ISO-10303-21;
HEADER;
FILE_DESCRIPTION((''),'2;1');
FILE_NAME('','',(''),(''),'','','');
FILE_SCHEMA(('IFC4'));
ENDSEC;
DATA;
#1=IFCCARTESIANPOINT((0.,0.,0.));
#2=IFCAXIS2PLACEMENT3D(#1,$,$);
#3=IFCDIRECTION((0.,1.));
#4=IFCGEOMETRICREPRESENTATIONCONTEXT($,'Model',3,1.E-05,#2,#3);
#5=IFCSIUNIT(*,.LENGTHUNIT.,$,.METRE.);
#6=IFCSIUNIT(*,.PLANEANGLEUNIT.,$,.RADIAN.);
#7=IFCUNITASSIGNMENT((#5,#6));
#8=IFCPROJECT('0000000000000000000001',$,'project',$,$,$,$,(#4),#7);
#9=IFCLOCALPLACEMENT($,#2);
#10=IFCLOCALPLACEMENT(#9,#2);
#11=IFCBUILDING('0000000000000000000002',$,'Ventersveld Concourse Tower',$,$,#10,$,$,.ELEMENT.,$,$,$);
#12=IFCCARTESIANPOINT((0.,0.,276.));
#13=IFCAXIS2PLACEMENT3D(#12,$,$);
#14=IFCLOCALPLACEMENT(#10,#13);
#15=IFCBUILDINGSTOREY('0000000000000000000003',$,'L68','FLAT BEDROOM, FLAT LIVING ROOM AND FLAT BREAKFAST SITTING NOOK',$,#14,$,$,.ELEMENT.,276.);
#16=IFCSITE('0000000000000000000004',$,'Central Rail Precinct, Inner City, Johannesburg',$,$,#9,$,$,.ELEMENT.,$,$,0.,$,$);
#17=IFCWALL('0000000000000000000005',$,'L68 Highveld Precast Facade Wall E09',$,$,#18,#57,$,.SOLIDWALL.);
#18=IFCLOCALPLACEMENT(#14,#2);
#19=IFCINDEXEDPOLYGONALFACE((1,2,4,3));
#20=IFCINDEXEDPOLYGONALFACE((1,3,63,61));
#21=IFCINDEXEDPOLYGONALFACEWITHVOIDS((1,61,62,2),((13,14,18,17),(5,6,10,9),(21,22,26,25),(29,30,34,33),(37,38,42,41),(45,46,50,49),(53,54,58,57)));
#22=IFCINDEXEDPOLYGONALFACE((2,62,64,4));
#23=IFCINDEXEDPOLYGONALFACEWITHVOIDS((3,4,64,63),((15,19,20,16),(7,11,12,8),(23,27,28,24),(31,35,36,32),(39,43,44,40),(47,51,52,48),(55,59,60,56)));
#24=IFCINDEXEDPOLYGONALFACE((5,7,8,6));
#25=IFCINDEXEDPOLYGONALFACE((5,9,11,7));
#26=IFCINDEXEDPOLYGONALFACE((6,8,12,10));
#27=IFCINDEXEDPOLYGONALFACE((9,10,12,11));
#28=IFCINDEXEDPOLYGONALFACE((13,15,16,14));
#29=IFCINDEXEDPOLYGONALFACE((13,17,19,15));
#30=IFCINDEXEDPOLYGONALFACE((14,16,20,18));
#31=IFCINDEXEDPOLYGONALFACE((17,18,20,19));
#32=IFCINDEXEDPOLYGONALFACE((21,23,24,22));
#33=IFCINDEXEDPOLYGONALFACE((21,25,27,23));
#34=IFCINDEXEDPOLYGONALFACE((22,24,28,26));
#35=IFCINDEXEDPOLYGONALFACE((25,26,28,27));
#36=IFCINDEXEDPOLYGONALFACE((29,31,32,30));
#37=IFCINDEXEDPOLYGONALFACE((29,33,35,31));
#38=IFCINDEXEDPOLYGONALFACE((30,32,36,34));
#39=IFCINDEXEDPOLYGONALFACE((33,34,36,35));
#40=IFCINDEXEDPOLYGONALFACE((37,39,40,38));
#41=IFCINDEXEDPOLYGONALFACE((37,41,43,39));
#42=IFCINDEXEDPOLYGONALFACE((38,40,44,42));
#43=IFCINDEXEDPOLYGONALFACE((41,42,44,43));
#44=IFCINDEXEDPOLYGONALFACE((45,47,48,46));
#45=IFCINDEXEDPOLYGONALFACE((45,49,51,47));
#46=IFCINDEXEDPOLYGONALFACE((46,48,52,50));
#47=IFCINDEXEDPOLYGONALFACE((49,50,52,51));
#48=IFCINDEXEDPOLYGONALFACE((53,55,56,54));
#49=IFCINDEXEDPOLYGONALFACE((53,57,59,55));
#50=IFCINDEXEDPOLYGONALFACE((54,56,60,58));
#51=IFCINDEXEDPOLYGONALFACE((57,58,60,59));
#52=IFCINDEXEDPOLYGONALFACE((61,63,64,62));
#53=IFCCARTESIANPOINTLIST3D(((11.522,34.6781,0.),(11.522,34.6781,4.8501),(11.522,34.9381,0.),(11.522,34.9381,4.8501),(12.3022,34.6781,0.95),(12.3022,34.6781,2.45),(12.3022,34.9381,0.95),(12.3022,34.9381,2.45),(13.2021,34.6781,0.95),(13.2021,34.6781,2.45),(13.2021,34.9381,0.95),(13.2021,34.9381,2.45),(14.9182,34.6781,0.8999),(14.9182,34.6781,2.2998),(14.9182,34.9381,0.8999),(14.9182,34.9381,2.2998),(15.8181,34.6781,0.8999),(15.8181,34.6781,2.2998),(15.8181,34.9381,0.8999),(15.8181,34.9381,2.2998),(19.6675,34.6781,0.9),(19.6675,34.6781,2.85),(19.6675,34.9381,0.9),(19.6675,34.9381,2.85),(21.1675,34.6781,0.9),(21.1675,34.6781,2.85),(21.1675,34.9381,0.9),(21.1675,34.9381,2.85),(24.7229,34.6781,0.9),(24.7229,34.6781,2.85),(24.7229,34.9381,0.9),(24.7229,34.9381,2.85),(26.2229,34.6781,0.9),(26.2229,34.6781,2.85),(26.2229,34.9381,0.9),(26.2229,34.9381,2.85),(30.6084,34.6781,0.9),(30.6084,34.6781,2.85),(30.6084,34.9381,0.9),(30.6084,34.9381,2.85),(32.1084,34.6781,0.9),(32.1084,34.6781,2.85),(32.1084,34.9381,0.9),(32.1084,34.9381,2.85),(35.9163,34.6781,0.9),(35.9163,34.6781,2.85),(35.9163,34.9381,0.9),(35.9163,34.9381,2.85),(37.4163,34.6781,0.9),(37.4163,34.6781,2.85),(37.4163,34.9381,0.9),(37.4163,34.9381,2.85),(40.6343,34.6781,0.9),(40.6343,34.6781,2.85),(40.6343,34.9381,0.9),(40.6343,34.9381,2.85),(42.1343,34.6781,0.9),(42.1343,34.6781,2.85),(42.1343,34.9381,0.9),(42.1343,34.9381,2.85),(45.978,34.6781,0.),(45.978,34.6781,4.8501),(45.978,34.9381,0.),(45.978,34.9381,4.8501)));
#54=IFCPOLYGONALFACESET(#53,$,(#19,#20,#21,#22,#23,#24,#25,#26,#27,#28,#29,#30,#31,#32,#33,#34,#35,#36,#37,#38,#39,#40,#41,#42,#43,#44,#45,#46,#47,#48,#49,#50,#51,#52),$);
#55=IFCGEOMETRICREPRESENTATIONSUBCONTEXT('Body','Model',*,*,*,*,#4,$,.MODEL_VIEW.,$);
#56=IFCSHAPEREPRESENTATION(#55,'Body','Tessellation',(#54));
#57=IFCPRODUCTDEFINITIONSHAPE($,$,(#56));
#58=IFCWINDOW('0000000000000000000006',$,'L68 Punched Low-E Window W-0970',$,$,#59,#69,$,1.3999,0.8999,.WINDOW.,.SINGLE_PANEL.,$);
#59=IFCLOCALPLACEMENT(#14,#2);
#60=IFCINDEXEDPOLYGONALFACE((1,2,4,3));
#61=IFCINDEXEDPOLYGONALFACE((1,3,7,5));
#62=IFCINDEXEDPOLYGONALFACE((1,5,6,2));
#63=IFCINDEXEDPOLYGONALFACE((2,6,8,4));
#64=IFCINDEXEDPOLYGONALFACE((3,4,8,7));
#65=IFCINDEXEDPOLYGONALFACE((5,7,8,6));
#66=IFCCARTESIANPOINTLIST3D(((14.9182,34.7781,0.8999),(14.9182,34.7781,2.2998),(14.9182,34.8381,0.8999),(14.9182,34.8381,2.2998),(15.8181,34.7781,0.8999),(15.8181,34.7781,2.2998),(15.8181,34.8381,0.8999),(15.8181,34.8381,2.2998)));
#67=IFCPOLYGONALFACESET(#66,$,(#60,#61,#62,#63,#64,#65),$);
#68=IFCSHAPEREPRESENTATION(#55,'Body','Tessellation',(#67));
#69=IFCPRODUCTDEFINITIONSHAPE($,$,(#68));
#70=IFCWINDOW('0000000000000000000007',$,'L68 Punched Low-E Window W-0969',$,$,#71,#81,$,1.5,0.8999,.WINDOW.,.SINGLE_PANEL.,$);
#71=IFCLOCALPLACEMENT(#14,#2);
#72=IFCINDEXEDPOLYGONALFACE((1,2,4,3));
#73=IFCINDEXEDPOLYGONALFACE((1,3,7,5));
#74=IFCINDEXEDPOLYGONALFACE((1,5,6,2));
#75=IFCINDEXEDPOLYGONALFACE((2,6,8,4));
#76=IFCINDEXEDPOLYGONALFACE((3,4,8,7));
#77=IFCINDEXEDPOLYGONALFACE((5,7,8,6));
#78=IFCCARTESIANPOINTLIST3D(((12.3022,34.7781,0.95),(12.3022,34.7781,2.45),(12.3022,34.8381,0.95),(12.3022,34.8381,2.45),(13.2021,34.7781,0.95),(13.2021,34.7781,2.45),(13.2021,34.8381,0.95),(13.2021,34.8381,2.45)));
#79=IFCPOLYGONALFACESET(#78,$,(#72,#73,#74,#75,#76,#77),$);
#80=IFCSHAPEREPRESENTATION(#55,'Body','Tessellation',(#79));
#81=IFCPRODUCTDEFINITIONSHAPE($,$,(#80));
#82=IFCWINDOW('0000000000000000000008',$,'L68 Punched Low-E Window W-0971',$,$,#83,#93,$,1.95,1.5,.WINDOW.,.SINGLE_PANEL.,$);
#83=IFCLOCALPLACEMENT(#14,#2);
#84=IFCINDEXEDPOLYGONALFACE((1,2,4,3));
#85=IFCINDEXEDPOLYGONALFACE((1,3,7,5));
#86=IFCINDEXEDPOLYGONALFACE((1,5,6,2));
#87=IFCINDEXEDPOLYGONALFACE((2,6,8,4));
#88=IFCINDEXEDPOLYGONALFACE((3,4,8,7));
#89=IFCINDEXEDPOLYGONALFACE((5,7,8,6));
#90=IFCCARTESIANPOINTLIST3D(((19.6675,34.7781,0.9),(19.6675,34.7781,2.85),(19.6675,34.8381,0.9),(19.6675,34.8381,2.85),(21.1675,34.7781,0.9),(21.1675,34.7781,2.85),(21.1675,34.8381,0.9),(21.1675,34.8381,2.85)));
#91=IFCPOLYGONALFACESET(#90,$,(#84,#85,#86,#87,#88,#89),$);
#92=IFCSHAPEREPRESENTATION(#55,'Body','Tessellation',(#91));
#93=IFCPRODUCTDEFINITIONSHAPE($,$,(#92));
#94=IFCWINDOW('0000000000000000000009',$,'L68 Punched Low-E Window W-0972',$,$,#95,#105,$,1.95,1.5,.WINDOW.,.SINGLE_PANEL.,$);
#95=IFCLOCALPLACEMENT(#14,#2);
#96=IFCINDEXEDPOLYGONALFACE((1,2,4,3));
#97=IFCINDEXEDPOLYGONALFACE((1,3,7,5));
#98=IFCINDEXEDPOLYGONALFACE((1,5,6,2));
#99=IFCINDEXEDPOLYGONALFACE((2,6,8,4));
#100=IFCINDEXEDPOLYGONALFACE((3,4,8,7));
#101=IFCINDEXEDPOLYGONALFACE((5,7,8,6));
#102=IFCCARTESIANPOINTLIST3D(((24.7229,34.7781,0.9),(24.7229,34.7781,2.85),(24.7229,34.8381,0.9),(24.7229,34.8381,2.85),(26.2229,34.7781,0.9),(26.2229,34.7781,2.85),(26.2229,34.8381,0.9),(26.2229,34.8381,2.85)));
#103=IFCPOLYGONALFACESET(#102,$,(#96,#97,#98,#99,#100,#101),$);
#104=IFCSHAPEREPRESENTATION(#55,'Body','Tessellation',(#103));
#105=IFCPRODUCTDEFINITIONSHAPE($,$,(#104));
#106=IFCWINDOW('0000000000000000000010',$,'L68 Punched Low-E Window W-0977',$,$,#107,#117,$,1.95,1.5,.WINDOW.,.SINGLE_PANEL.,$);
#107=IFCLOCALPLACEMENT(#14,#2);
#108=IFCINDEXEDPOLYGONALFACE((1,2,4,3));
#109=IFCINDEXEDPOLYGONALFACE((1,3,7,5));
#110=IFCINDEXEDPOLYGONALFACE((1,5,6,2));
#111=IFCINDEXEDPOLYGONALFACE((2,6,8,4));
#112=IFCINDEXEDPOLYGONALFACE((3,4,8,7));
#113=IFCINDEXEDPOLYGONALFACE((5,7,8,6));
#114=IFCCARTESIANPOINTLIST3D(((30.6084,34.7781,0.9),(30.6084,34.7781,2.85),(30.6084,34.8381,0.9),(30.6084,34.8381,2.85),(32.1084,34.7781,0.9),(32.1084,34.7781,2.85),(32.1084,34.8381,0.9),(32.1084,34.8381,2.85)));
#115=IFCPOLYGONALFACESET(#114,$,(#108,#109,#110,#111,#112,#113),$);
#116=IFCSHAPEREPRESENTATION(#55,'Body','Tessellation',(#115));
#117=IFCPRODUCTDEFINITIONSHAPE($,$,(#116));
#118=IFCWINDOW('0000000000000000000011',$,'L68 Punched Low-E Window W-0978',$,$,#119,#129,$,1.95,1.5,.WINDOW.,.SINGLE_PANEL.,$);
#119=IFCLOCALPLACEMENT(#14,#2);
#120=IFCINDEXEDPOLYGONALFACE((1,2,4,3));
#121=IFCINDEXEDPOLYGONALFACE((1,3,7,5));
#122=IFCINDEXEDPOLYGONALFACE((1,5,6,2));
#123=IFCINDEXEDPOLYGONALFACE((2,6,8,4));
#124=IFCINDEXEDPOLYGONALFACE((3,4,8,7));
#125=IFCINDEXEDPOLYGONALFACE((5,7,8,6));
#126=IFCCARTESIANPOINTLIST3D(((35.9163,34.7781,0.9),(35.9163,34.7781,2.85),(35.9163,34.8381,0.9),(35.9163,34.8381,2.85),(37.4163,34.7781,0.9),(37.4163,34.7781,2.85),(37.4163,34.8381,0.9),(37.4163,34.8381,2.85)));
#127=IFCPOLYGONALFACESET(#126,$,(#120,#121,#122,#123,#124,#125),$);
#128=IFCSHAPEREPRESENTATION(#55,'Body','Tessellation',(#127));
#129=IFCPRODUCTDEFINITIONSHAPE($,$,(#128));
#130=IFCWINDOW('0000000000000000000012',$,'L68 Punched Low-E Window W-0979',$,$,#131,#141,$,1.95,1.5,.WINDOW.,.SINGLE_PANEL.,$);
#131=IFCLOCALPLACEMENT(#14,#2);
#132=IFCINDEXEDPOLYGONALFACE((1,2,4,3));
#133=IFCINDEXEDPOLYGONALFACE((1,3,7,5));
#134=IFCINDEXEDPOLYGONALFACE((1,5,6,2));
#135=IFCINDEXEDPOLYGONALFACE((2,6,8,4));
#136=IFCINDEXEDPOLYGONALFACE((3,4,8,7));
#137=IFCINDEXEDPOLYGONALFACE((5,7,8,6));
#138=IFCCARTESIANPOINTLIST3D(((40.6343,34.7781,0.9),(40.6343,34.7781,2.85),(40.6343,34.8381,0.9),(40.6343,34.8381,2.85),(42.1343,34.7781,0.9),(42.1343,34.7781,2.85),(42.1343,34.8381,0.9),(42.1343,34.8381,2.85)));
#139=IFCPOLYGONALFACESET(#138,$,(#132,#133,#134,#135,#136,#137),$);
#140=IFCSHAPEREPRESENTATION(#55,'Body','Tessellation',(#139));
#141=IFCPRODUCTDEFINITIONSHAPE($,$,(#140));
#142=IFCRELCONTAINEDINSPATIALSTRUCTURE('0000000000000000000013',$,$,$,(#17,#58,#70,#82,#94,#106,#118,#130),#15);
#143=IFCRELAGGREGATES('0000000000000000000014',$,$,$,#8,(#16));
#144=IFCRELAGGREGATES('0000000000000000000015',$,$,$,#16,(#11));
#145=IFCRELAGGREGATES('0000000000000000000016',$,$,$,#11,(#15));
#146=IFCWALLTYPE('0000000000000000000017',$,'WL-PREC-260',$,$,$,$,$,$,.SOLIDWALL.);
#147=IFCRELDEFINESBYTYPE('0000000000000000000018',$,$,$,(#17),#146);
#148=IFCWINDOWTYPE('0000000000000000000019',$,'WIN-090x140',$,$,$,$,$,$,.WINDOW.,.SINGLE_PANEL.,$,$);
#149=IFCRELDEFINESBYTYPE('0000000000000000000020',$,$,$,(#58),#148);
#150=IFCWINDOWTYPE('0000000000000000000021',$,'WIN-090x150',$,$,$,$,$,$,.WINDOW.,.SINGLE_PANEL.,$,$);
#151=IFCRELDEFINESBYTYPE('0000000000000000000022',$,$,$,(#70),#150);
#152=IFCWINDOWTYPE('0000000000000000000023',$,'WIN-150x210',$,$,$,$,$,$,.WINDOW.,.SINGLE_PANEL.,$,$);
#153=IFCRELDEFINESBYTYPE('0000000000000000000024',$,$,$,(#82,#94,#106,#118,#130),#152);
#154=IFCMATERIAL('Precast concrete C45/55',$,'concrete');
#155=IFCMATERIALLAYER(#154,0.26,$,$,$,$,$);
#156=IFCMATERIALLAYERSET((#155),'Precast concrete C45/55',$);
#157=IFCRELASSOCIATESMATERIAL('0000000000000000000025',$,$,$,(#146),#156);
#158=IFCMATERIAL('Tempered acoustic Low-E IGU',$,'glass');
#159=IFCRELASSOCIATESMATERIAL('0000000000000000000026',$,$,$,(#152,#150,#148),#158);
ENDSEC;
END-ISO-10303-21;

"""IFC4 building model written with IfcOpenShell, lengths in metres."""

from ifc_helpers import new_model, si_unit, direction, frame, frame_2d, origin, place, context, subcontext, project, spatial, rectangle, extrude, material, layer, layer_set, type_object, element, fill, save


model = new_model("IFC4")

# Units and contexts
model_context = context("Model", 3, precision=1e-05, world=origin(), true_north=direction((0.0, 1.0)))
body_context = subcontext(model_context, "Body", "Model", "MODEL_VIEW")
ifc_project = project(units=[si_unit("LENGTHUNIT", "METRE"), si_unit("PLANEANGLEUNIT", "RADIAN")], contexts=[model_context])

# Site, building, storey
site_placement = place(None, origin())
site = spatial("IfcSite", under=ifc_project, at=site_placement, Name="Central Rail Precinct, Inner City, Johannesburg", CompositionType="ELEMENT", RefElevation=0.0)
building_placement = place(site_placement, origin())
building = spatial("IfcBuilding", under=site, at=building_placement, Name="Ventersveld Concourse Tower", CompositionType="ELEMENT")
storey_placement = place(building_placement, frame((0.0, 0.0, 276.0)))
storey = spatial("IfcBuildingStorey", under=building, at=storey_placement, Name="L68", Description="FLAT BEDROOM, FLAT LIVING ROOM AND FLAT BREAKFAST SITTING NOOK", CompositionType="ELEMENT", Elevation=276.0)

# Shared definitions
ifc_material_1 = material(Name="Precast concrete C45/55", Category="concrete")
ifc_layer_1 = layer(ifc_material_1, 0.26)
ifc_layer_set_1 = layer_set([ifc_layer_1], Name="Precast concrete C45/55")
wall_type_1 = type_object("IfcWallType", Name="WL-PREC-260", PredefinedType="SOLIDWALL", material=ifc_layer_set_1)
ifc_material_2 = material(Name="Tempered acoustic Low-E IGU", Category="glass")
window_type_1 = type_object("IfcWindowType", Name="WIN-150x210", PartitioningType="SINGLE_PANEL", PredefinedType="WINDOW", material=ifc_material_2)

# Shared definitions
window_type_2 = type_object("IfcWindowType", Name="WIN-090x150", PartitioningType="SINGLE_PANEL", PredefinedType="WINDOW", material=ifc_material_2)

# Wall, openings, windows
wall_1_placement = place(storey_placement, frame((45.978, 34.8081, 0.0), z_axis=(0.0, 0.0, 1.0), x_axis=(-1.0, 0.0, 0.0)))
wall_1 = element("IfcWall", 1, at=wall_1_placement, inside=storey, type_object=wall_type_1, Name="L68 Highveld Precast Facade Wall E09", PredefinedType="SOLIDWALL", context=body_context, shape_type="SweptSolid", body=[
    extrude(rectangle(XDim=34.4561, YDim=0.26, at=frame_2d((17.228, 0.0))), origin(), (0.0, 0.0, 1.0), 4.8501),
])
opening_1_placement = place(wall_1_placement, frame((32.7759, 0.0, 0.95)))
opening_1 = element("IfcOpeningElement", 2, at=opening_1_placement, cuts=wall_1, PredefinedType="OPENING", context=body_context, shape_type="SweptSolid", body=[
    extrude(rectangle(XDim=0.8999, YDim=1.5, at=frame_2d((0.45, 0.75))), frame((0.0, 0.1401, 0.0), z_axis=(0.0, -1.0, 0.0), x_axis=(1.0, 0.0, 0.0)), (0.0, 0.0, 1.0), 0.28),
])
opening_2_placement = place(wall_1_placement, frame((30.1599, 0.0, 0.8999)))
opening_2 = element("IfcOpeningElement", 3, at=opening_2_placement, cuts=wall_1, PredefinedType="OPENING", context=body_context, shape_type="SweptSolid", body=[
    extrude(rectangle(XDim=0.8999, YDim=1.3999, at=frame_2d((0.45, 0.7))), frame((0.0, 0.1401, 0.0), z_axis=(0.0, -1.0, 0.0), x_axis=(1.0, 0.0, 0.0)), (0.0, 0.0, 1.0), 0.28),
])
opening_3_placement = place(wall_1_placement, frame((24.8105, 0.0, 0.8999)))
opening_3 = element("IfcOpeningElement", 4, at=opening_3_placement, cuts=wall_1, PredefinedType="OPENING", context=body_context, shape_type="SweptSolid", body=[
    extrude(rectangle(XDim=1.5, YDim=1.95, at=frame_2d((0.75, 0.9751))), frame((0.0, 0.1401, 0.0), z_axis=(0.0, -1.0, 0.0), x_axis=(1.0, 0.0, 0.0)), (0.0, 0.0, 1.0), 0.28),
])
opening_4_placement = place(wall_1_placement, frame((19.7551, 0.0, 0.8999)))
opening_4 = element("IfcOpeningElement", 5, at=opening_4_placement, cuts=wall_1, PredefinedType="OPENING", context=body_context, shape_type="SweptSolid", body=[
    extrude(rectangle(XDim=1.5, YDim=1.95, at=frame_2d((0.75, 0.9751))), frame((0.0, 0.1401, 0.0), z_axis=(0.0, -1.0, 0.0), x_axis=(1.0, 0.0, 0.0)), (0.0, 0.0, 1.0), 0.28),
])
opening_5_placement = place(wall_1_placement, frame((13.8696, 0.0, 0.8999)))
opening_5 = element("IfcOpeningElement", 6, at=opening_5_placement, cuts=wall_1, PredefinedType="OPENING", context=body_context, shape_type="SweptSolid", body=[
    extrude(rectangle(XDim=1.5, YDim=1.95, at=frame_2d((0.75, 0.9751))), frame((0.0, 0.1401, 0.0), z_axis=(0.0, -1.0, 0.0), x_axis=(1.0, 0.0, 0.0)), (0.0, 0.0, 1.0), 0.28),
])
opening_6_placement = place(wall_1_placement, frame((8.5618, 0.0, 0.8999)))
opening_6 = element("IfcOpeningElement", 7, at=opening_6_placement, cuts=wall_1, PredefinedType="OPENING", context=body_context, shape_type="SweptSolid", body=[
    extrude(rectangle(XDim=1.5, YDim=1.95, at=frame_2d((0.75, 0.9751))), frame((0.0, 0.1401, 0.0), z_axis=(0.0, -1.0, 0.0), x_axis=(1.0, 0.0, 0.0)), (0.0, 0.0, 1.0), 0.28),
])
opening_7_placement = place(wall_1_placement, frame((3.8438, 0.0, 0.8999)))
opening_7 = element("IfcOpeningElement", 8, at=opening_7_placement, cuts=wall_1, PredefinedType="OPENING", context=body_context, shape_type="SweptSolid", body=[
    extrude(rectangle(XDim=1.5, YDim=1.95, at=frame_2d((0.75, 0.9751))), frame((0.0, 0.1401, 0.0), z_axis=(0.0, -1.0, 0.0), x_axis=(1.0, 0.0, 0.0)), (0.0, 0.0, 1.0), 0.28),
])
window_type_3 = type_object("IfcWindowType", Name="WIN-090x140", PartitioningType="SINGLE_PANEL", PredefinedType="WINDOW", material=ifc_material_2)
window_1_placement = place(opening_2_placement, origin())
window_1 = element("IfcWindow", 9, at=window_1_placement, inside=storey, type_object=window_type_3, Name="L68 Punched Low-E Window W-0970", OverallHeight=1.3999, OverallWidth=0.8999, PartitioningType="SINGLE_PANEL", PredefinedType="WINDOW", context=body_context, shape_type="SweptSolid", body=[
    extrude(rectangle(XDim=0.8999, YDim=1.3999, at=frame_2d((0.45, 0.7))), frame((0.0, 0.03, 0.0), z_axis=(0.0, -1.0, 0.0), x_axis=(1.0, 0.0, 0.0)), (0.0, 0.0, 1.0), 0.0601),
])
fill(opening_2, window_1)
window_2_placement = place(opening_1_placement, origin())
window_2 = element("IfcWindow", 10, at=window_2_placement, inside=storey, type_object=window_type_2, Name="L68 Punched Low-E Window W-0969", OverallHeight=1.5, OverallWidth=0.8999, PartitioningType="SINGLE_PANEL", PredefinedType="WINDOW", context=body_context, shape_type="SweptSolid", body=[
    extrude(rectangle(XDim=0.8999, YDim=1.5, at=frame_2d((0.45, 0.75))), frame((0.0, 0.03, 0.0), z_axis=(0.0, -1.0, 0.0), x_axis=(1.0, 0.0, 0.0)), (0.0, 0.0, 1.0), 0.0601),
])
fill(opening_1, window_2)
window_3_placement = place(opening_3_placement, origin())
window_3 = element("IfcWindow", 11, at=window_3_placement, inside=storey, type_object=window_type_1, Name="L68 Punched Low-E Window W-0971", OverallHeight=1.95, OverallWidth=1.5, PartitioningType="SINGLE_PANEL", PredefinedType="WINDOW", context=body_context, shape_type="SweptSolid", body=[
    extrude(rectangle(XDim=1.5, YDim=1.95, at=frame_2d((0.75, 0.9751))), frame((0.0, 0.03, 0.0), z_axis=(0.0, -1.0, 0.0), x_axis=(1.0, 0.0, 0.0)), (0.0, 0.0, 1.0), 0.0601),
])
fill(opening_3, window_3)
window_4_placement = place(opening_4_placement, origin())
window_4 = element("IfcWindow", 12, at=window_4_placement, inside=storey, type_object=window_type_1, Name="L68 Punched Low-E Window W-0972", OverallHeight=1.95, OverallWidth=1.5, PartitioningType="SINGLE_PANEL", PredefinedType="WINDOW", context=body_context, shape_type="SweptSolid", body=[
    extrude(rectangle(XDim=1.5, YDim=1.95, at=frame_2d((0.75, 0.9751))), frame((0.0, 0.03, 0.0), z_axis=(0.0, -1.0, 0.0), x_axis=(1.0, 0.0, 0.0)), (0.0, 0.0, 1.0), 0.0601),
])
fill(opening_4, window_4)
window_5_placement = place(opening_5_placement, origin())
window_5 = element("IfcWindow", 13, at=window_5_placement, inside=storey, type_object=window_type_1, Name="L68 Punched Low-E Window W-0977", OverallHeight=1.95, OverallWidth=1.5, PartitioningType="SINGLE_PANEL", PredefinedType="WINDOW", context=body_context, shape_type="SweptSolid", body=[
    extrude(rectangle(XDim=1.5, YDim=1.95, at=frame_2d((0.75, 0.9751))), frame((0.0, 0.03, 0.0), z_axis=(0.0, -1.0, 0.0), x_axis=(1.0, 0.0, 0.0)), (0.0, 0.0, 1.0), 0.0601),
])
fill(opening_5, window_5)
window_6_placement = place(opening_6_placement, origin())
window_6 = element("IfcWindow", 14, at=window_6_placement, inside=storey, type_object=window_type_1, Name="L68 Punched Low-E Window W-0978", OverallHeight=1.95, OverallWidth=1.5, PartitioningType="SINGLE_PANEL", PredefinedType="WINDOW", context=body_context, shape_type="SweptSolid", body=[
    extrude(rectangle(XDim=1.5, YDim=1.95, at=frame_2d((0.75, 0.9751))), frame((0.0, 0.03, 0.0), z_axis=(0.0, -1.0, 0.0), x_axis=(1.0, 0.0, 0.0)), (0.0, 0.0, 1.0), 0.0601),
])
fill(opening_6, window_6)
window_7_placement = place(opening_7_placement, origin())
window_7 = element("IfcWindow", 15, at=window_7_placement, inside=storey, type_object=window_type_1, Name="L68 Punched Low-E Window W-0979", OverallHeight=1.95, OverallWidth=1.5, PartitioningType="SINGLE_PANEL", PredefinedType="WINDOW", context=body_context, shape_type="SweptSolid", body=[
    extrude(rectangle(XDim=1.5, YDim=1.95, at=frame_2d((0.75, 0.9751))), frame((0.0, 0.03, 0.0), z_axis=(0.0, -1.0, 0.0), x_axis=(1.0, 0.0, 0.0)), (0.0, 0.0, 1.0), 0.0601),
])
fill(opening_7, window_7)

save(model, "model.ifc")
